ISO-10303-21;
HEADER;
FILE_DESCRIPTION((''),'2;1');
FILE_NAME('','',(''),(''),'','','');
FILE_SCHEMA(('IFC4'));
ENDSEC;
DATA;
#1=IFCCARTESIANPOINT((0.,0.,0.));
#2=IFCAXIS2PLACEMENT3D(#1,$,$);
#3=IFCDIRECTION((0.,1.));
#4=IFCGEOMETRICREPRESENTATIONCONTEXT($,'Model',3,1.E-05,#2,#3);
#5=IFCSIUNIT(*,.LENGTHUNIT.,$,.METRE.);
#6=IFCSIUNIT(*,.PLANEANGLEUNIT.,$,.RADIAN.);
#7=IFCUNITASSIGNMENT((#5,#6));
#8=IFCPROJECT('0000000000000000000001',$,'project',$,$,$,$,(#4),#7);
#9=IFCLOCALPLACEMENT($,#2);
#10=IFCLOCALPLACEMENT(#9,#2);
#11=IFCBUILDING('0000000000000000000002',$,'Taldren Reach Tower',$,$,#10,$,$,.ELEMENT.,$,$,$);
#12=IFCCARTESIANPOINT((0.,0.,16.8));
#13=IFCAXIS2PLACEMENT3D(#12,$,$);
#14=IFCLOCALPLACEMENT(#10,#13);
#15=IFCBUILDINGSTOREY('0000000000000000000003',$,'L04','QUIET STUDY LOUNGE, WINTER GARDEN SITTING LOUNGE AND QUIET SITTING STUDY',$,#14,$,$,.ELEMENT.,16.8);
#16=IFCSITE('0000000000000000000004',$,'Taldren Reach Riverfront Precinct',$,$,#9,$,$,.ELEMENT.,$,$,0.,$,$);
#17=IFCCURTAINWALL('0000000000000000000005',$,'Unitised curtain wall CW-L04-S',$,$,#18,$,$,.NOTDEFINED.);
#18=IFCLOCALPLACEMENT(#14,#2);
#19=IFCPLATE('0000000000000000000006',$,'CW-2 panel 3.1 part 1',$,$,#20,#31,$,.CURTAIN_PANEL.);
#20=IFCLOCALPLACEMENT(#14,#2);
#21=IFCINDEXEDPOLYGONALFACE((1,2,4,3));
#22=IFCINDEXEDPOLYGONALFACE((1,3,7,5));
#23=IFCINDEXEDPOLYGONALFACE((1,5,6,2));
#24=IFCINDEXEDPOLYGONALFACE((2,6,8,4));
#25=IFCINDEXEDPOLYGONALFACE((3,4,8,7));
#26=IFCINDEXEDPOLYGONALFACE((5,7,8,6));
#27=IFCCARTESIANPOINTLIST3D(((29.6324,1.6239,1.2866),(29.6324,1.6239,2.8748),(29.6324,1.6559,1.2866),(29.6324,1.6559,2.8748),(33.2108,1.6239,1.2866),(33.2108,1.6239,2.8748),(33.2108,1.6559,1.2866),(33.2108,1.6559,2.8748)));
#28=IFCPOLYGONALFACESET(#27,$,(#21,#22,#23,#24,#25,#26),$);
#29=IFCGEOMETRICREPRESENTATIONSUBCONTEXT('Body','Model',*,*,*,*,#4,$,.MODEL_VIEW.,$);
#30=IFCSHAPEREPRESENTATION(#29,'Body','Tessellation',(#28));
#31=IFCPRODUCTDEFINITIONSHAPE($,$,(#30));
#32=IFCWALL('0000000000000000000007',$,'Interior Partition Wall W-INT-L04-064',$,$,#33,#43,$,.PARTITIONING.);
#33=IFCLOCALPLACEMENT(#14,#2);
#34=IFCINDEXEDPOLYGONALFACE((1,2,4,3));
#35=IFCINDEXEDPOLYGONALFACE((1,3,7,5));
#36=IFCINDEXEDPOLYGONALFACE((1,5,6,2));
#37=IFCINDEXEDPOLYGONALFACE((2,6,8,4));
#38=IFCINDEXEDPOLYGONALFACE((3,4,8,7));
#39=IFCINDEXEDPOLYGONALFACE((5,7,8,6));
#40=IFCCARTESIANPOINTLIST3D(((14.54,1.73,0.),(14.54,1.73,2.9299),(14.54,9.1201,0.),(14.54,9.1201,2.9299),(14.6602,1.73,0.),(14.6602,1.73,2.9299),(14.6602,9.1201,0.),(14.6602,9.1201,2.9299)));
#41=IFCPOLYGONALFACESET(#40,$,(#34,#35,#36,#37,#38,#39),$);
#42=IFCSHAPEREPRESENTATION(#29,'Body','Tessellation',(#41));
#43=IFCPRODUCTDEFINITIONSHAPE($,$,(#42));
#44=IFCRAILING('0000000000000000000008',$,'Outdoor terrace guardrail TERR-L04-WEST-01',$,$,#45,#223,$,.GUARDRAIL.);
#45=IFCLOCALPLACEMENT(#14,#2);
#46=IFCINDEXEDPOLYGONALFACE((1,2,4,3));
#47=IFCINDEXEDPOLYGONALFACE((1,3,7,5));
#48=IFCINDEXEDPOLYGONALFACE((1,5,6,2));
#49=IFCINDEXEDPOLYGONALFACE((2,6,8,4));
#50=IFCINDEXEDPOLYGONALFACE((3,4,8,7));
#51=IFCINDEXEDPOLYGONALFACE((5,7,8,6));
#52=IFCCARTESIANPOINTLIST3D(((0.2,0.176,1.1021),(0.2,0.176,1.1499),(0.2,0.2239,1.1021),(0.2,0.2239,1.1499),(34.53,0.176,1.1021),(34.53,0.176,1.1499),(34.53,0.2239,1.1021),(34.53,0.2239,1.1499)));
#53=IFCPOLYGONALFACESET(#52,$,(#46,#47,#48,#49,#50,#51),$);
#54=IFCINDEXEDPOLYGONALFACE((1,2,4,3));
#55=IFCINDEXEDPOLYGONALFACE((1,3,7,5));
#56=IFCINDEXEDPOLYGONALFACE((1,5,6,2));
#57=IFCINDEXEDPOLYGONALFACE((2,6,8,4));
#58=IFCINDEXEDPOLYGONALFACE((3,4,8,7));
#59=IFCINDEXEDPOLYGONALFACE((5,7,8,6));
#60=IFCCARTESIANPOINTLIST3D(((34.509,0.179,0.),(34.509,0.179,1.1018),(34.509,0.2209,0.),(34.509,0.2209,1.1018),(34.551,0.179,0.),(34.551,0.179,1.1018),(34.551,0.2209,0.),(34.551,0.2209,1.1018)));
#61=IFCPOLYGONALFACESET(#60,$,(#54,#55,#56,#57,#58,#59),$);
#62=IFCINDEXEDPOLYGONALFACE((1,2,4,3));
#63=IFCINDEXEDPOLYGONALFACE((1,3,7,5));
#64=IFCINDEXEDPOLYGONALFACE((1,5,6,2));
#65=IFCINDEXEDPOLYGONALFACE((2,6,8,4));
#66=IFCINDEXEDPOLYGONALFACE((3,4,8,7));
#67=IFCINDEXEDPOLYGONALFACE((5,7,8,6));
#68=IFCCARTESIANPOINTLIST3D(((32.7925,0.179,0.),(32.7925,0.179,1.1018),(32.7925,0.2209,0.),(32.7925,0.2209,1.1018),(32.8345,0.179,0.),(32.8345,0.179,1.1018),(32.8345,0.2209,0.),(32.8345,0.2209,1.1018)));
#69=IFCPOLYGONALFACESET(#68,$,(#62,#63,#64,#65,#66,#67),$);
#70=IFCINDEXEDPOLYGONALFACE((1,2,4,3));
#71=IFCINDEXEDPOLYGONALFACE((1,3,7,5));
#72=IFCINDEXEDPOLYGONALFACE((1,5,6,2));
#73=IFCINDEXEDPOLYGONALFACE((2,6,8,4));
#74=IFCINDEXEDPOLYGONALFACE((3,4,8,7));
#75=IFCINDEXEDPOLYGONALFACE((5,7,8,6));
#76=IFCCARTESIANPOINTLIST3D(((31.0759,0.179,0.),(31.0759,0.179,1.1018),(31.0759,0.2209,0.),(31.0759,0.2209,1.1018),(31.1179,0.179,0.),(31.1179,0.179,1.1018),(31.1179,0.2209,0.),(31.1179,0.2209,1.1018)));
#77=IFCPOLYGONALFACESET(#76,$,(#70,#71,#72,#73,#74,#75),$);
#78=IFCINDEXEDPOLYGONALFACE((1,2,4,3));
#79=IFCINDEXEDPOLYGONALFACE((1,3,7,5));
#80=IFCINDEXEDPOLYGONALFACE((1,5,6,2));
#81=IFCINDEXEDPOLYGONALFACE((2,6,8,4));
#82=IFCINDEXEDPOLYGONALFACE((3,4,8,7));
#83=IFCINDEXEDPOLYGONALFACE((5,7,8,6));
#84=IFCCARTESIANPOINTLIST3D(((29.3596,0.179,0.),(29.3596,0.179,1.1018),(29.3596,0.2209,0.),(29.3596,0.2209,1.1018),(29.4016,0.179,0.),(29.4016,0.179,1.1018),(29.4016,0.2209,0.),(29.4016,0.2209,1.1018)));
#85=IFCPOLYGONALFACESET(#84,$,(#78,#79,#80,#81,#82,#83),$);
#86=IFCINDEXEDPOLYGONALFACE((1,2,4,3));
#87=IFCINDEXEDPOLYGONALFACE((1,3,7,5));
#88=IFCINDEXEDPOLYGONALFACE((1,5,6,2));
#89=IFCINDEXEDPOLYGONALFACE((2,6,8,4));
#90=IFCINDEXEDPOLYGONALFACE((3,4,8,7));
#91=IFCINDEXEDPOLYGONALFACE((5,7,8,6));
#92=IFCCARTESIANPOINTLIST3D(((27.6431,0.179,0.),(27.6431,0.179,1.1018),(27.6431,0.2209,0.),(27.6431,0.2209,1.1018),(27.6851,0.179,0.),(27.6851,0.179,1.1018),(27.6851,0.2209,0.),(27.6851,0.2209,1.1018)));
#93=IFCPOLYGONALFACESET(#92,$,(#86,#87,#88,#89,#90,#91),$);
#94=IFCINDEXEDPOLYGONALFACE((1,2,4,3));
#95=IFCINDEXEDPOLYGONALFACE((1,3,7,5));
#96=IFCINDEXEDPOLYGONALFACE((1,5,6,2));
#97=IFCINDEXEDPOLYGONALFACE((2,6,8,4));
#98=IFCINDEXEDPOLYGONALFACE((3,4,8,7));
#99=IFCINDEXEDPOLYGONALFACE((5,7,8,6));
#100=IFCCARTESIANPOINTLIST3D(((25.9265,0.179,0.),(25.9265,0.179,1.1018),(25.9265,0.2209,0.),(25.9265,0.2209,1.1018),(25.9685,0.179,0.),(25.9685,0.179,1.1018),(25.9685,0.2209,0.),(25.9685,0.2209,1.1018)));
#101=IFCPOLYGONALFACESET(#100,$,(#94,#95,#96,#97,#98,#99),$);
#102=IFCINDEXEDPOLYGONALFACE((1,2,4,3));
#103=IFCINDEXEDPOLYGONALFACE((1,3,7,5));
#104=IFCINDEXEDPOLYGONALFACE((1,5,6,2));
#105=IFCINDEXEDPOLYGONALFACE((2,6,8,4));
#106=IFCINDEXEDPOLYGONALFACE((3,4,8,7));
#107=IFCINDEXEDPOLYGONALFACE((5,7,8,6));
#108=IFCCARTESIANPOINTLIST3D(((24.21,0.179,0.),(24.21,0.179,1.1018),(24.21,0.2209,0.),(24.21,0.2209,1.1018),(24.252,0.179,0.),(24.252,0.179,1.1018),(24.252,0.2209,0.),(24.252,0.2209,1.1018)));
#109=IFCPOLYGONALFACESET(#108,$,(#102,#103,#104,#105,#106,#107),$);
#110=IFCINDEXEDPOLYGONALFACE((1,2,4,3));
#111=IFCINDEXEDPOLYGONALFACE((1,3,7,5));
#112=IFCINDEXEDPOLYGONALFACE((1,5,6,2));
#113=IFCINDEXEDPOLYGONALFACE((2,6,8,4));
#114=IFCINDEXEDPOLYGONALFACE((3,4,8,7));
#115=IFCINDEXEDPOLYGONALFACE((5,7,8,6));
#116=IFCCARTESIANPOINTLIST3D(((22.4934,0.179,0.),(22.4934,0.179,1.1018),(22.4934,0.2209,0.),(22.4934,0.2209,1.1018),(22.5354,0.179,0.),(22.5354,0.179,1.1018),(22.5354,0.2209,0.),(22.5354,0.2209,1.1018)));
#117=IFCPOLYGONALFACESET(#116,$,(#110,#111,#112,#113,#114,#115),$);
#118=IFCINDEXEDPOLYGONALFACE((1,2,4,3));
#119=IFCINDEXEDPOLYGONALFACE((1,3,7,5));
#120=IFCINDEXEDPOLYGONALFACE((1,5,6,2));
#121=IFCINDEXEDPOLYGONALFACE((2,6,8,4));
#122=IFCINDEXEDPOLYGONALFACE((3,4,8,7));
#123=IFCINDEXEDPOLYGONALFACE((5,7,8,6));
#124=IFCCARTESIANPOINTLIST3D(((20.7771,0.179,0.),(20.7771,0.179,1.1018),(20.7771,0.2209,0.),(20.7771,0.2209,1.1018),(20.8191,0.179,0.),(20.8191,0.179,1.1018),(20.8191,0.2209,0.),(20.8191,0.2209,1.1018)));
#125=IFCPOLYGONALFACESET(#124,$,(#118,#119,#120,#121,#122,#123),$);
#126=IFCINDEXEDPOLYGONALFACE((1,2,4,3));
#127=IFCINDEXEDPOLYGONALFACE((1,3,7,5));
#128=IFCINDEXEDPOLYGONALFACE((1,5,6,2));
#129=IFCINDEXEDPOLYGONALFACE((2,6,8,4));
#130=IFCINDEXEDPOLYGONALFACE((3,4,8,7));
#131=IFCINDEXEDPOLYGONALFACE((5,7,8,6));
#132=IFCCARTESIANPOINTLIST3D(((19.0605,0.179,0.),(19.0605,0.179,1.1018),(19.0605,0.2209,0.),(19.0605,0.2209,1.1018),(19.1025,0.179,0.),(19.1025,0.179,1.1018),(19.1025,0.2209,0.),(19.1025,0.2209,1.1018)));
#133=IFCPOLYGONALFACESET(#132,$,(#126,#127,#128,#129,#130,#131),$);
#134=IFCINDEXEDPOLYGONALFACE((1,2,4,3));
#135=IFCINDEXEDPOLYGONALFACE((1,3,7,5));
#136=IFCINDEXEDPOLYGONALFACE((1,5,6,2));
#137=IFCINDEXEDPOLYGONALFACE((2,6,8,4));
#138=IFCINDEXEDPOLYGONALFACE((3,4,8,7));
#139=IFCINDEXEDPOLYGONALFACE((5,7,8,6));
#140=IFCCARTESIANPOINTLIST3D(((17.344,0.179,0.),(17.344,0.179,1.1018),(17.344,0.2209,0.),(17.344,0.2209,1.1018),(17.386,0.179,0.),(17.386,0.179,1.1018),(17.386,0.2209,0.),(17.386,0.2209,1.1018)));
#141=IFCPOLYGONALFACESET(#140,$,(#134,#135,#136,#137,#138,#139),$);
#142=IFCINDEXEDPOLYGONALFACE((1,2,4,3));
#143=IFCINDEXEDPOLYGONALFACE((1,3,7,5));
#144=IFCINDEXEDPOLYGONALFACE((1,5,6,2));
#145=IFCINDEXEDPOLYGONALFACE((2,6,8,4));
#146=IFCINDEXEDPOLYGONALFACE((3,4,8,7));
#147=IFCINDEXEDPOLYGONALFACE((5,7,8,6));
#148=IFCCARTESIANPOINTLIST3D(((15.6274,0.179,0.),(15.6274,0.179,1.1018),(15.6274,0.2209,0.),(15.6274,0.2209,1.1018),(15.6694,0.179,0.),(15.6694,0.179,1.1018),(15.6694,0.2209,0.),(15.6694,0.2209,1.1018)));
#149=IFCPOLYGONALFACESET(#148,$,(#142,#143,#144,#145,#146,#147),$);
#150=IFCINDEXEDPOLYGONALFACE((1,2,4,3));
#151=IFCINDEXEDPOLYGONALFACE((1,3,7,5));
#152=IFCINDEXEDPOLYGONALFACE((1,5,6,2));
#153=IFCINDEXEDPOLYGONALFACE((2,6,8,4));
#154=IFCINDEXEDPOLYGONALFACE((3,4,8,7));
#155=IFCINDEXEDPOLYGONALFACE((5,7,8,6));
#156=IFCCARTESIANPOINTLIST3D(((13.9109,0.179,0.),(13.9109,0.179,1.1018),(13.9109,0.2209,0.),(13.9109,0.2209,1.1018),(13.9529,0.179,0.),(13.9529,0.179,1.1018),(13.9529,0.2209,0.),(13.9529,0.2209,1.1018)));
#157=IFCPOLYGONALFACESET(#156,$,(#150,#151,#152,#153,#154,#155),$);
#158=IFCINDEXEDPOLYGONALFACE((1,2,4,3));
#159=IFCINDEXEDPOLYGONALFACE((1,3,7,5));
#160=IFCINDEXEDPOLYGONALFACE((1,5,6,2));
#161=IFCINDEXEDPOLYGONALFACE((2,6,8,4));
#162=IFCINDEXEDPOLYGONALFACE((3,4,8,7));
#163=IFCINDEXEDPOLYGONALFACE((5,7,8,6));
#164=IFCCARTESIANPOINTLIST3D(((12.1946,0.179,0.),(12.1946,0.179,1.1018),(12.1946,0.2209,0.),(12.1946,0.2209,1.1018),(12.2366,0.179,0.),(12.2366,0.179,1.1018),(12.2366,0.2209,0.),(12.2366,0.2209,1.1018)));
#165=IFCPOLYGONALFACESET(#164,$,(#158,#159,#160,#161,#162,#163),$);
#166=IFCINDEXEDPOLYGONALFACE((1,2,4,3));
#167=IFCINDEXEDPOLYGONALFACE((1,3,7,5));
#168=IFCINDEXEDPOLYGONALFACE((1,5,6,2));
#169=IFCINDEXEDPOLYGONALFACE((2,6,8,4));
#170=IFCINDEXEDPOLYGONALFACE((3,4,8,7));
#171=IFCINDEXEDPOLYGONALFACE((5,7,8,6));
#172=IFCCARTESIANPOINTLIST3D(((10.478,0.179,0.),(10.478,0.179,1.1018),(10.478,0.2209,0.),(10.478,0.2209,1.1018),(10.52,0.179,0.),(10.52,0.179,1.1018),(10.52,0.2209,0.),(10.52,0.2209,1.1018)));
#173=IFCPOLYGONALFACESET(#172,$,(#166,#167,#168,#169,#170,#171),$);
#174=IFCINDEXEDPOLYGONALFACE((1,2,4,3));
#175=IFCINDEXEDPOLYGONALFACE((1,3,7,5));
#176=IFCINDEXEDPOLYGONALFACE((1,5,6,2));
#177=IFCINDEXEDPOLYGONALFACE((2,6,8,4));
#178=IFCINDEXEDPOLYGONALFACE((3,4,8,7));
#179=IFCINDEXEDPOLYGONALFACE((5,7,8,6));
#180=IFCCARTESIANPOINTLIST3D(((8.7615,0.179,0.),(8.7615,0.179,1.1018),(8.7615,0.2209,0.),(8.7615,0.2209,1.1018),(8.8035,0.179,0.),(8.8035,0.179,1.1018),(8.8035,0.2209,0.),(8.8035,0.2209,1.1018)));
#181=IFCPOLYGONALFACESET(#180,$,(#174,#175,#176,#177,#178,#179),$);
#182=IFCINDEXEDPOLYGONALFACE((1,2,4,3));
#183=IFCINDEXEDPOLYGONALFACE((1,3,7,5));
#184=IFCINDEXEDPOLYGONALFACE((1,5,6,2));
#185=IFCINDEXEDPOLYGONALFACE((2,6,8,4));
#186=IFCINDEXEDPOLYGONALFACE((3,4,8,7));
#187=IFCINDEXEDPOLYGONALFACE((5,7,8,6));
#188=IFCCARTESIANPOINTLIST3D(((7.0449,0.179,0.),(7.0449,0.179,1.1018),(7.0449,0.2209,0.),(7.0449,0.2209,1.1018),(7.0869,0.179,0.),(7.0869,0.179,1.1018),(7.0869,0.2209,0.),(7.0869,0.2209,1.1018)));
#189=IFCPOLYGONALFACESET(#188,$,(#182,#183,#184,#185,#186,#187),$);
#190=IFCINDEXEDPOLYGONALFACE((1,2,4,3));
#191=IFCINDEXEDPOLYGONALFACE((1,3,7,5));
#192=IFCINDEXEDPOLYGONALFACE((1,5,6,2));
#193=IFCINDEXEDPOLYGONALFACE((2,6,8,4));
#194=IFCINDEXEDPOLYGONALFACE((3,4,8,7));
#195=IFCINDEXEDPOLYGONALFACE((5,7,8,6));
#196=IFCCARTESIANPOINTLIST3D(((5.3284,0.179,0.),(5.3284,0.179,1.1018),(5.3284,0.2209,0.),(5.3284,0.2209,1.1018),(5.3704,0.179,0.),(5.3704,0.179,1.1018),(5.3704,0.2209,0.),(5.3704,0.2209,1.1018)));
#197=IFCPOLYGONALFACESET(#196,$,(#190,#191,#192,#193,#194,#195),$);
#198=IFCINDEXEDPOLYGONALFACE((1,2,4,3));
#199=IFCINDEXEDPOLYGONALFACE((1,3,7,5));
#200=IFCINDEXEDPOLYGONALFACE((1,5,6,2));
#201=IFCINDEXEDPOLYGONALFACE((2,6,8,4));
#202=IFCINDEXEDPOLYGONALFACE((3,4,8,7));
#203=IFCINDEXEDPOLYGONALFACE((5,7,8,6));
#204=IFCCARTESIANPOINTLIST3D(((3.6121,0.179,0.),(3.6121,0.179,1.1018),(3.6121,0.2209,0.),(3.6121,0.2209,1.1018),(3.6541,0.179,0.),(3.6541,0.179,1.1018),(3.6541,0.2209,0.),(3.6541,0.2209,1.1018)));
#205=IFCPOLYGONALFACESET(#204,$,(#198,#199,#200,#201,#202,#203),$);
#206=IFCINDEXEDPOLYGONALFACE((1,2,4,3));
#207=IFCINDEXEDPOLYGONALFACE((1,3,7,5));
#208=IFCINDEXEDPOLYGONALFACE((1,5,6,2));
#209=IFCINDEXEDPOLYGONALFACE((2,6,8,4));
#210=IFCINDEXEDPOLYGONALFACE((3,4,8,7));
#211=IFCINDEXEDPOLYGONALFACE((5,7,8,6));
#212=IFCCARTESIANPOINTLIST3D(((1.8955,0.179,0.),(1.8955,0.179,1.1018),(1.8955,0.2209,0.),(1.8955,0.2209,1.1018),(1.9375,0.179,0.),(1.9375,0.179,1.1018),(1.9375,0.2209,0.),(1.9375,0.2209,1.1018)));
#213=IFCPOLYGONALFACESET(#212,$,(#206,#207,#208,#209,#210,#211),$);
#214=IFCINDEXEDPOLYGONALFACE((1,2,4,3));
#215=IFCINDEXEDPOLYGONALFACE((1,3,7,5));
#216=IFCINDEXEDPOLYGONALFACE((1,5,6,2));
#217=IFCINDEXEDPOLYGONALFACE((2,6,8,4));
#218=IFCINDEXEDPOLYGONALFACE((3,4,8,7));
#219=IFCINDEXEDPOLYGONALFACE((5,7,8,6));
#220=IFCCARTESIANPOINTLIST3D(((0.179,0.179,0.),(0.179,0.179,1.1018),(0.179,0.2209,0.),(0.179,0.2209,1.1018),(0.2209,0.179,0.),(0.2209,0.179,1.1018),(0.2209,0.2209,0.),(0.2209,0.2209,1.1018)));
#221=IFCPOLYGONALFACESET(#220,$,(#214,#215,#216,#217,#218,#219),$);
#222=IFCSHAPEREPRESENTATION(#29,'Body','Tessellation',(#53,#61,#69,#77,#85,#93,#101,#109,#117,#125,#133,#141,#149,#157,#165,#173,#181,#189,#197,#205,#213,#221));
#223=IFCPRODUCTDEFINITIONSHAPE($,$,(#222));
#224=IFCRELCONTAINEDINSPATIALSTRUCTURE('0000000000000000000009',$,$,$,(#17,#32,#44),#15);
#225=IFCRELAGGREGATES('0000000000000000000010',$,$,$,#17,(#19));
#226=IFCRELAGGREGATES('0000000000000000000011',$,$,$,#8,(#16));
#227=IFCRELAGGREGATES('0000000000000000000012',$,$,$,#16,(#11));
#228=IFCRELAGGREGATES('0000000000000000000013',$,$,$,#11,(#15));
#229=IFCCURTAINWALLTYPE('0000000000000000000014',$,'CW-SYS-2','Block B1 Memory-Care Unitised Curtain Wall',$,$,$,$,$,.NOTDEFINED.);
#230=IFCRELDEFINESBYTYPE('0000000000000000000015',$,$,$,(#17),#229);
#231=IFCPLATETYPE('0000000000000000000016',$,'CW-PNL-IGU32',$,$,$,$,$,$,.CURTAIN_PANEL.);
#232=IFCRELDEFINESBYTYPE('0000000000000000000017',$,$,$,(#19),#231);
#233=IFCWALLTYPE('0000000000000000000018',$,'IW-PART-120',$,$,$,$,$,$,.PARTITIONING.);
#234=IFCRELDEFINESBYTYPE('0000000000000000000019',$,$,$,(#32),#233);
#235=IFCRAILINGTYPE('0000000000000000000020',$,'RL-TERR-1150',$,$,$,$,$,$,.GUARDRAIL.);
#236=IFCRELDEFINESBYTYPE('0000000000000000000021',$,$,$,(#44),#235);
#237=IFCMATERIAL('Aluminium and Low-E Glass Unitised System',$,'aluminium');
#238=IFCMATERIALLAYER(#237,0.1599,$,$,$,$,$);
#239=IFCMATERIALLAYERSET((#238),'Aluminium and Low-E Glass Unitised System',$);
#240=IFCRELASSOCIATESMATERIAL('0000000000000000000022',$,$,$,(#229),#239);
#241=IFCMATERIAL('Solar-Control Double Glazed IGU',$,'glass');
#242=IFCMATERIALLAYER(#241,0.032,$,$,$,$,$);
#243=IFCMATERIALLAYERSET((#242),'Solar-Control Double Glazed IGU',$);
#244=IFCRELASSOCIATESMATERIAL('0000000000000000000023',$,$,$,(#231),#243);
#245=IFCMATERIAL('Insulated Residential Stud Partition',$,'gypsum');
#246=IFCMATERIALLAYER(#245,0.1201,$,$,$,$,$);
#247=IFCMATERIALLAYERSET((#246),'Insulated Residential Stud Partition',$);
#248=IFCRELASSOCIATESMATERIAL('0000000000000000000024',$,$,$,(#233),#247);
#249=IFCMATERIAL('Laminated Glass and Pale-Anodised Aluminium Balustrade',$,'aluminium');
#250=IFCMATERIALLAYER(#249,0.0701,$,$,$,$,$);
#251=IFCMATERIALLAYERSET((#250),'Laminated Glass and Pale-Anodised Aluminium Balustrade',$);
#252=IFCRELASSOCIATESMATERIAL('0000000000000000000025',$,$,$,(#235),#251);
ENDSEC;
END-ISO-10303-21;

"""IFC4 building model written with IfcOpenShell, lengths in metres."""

from ifc_helpers import new_model, si_unit, direction, frame, frame_2d, origin, origin_2d, place, context, subcontext, project, spatial, rectangle, extrude, source, transform, mapped, material, layer, layer_set, type_object, element, aggregate, save


model = new_model("IFC4")

# Units and contexts
model_context = context("Model", 3, precision=1e-05, world=origin(), true_north=direction((0.0, 1.0)))
body_context = subcontext(model_context, "Body", "Model", "MODEL_VIEW")
ifc_project = project(units=[si_unit("LENGTHUNIT", "METRE"), si_unit("PLANEANGLEUNIT", "RADIAN")], contexts=[model_context])

# Site, building, storey
site_placement = place(None, origin())
site = spatial("IfcSite", under=ifc_project, at=site_placement, Name="Taldren Reach Riverfront Precinct", CompositionType="ELEMENT", RefElevation=0.0)
building_placement = place(site_placement, origin())
building = spatial("IfcBuilding", under=site, at=building_placement, Name="Taldren Reach Tower", CompositionType="ELEMENT")
storey_placement = place(building_placement, frame((0.0, 0.0, 16.8)))
storey = spatial("IfcBuildingStorey", under=building, at=storey_placement, Name="L04", Description="QUIET STUDY LOUNGE, WINTER GARDEN SITTING LOUNGE AND QUIET SITTING STUDY", CompositionType="ELEMENT", Elevation=16.8)

# Curtain wall
ifc_material_1 = material(Name="Aluminium and Low-E Glass Unitised System", Category="aluminium")
ifc_layer_1 = layer(ifc_material_1, 0.1599)
ifc_layer_set_1 = layer_set([ifc_layer_1], Name="Aluminium and Low-E Glass Unitised System")
curtain_wall_type = type_object("IfcCurtainWallType", Name="CW-SYS-2", Description="Block B1 Memory-Care Unitised Curtain Wall", PredefinedType="NOTDEFINED", material=ifc_layer_set_1)
curtain_wall_placement = place(storey_placement, origin())
curtain_wall = element("IfcCurtainWall", 1, at=curtain_wall_placement, inside=storey, type_object=curtain_wall_type, Name="Unitised curtain wall CW-L04-S", PredefinedType="NOTDEFINED")

# Plate
ifc_material_2 = material(Name="Solar-Control Double Glazed IGU", Category="glass")
ifc_layer_2 = layer(ifc_material_2, 0.032)
ifc_layer_set_2 = layer_set([ifc_layer_2], Name="Solar-Control Double Glazed IGU")
plate_type_1 = type_object("IfcPlateType", Name="CW-PNL-IGU32", PredefinedType="CURTAIN_PANEL", material=ifc_layer_set_2)
shared_shape_1 = source(origin(), body_context, "Body", "SweptSolid", [
    extrude(rectangle(XDim=3.5784, YDim=0.032, at=origin_2d()), origin(), (0.0, 0.0, 1.0), 1.5881),
])
plate_1_placement = place(storey_placement, frame((31.4216, 1.6399, 1.2866), z_axis=(0.0, 0.0, 1.0), x_axis=(1.0, 0.0, 0.0)))
plate_1 = element("IfcPlate", 2, at=plate_1_placement, type_object=plate_type_1, Name="CW-2 panel 3.1 part 1", PredefinedType="CURTAIN_PANEL", context=body_context, shape_type="MappedRepresentation", body=[
    mapped(shared_shape_1, transform((0.0, 0.0, 0.0), scale=1.0)),
])
aggregate(curtain_wall, [plate_1])

# Wall
ifc_material_3 = material(Name="Insulated Residential Stud Partition", Category="gypsum")
ifc_layer_3 = layer(ifc_material_3, 0.1201)
ifc_layer_set_3 = layer_set([ifc_layer_3], Name="Insulated Residential Stud Partition")
wall_type = type_object("IfcWallType", Name="IW-PART-120", PredefinedType="PARTITIONING", material=ifc_layer_set_3)
shared_shape_2 = source(origin(), body_context, "Body", "SweptSolid", [
    extrude(rectangle(XDim=7.3901, YDim=0.1201, at=frame_2d((3.6951, 0.0))), origin(), (0.0, 0.0, 1.0), 2.9299),
])
wall_placement = place(storey_placement, frame((14.6001, 1.73, 0.0), z_axis=(0.0, 0.0, 1.0), x_axis=(0.0, 1.0, 0.0)))
element("IfcWall", 3, at=wall_placement, inside=storey, type_object=wall_type, Name="Interior Partition Wall W-INT-L04-064", PredefinedType="PARTITIONING", context=body_context, shape_type="MappedRepresentation", body=[
    mapped(shared_shape_2, transform((0.0, 0.0, 0.0), scale=1.0)),
])

# Railing
ifc_material_4 = material(Name="Laminated Glass and Pale-Anodised Aluminium Balustrade", Category="aluminium")
ifc_layer_4 = layer(ifc_material_4, 0.0701)
ifc_layer_set_4 = layer_set([ifc_layer_4], Name="Laminated Glass and Pale-Anodised Aluminium Balustrade")
railing_type = type_object("IfcRailingType", Name="RL-TERR-1150", PredefinedType="GUARDRAIL", material=ifc_layer_set_4)
railing_placement = place(storey_placement, frame((34.53, 0.2, 0.0)))
element("IfcRailing", 4, at=railing_placement, inside=storey, type_object=railing_type, Name="Outdoor terrace guardrail TERR-L04-WEST-01", PredefinedType="GUARDRAIL", context=body_context, shape_type="SweptSolid", body=[
    extrude(rectangle(XDim=0.0479, YDim=0.0479, at=origin_2d()), frame((0.0, 0.0, 1.126), z_axis=(-1.0, 0.0, 0.0), x_axis=(0.0, -1.0, 0.0)), (0.0, 0.0, 1.0), 34.3301),
    extrude(rectangle(XDim=0.042, YDim=0.042, at=origin_2d()), origin(), (0.0, 0.0, 1.0), 1.1018),
    extrude(rectangle(XDim=0.042, YDim=0.042, at=origin_2d()), frame((-1.7166, 0.0, 0.0)), (0.0, 0.0, 1.0), 1.1018),
    extrude(rectangle(XDim=0.042, YDim=0.042, at=origin_2d()), frame((-3.4331, 0.0, 0.0)), (0.0, 0.0, 1.0), 1.1018),
    extrude(rectangle(XDim=0.042, YDim=0.042, at=origin_2d()), frame((-5.1494, 0.0, 0.0)), (0.0, 0.0, 1.0), 1.1018),
    extrude(rectangle(XDim=0.042, YDim=0.042, at=origin_2d()), frame((-6.866, 0.0, 0.0)), (0.0, 0.0, 1.0), 1.1018),
    extrude(rectangle(XDim=0.042, YDim=0.042, at=origin_2d()), frame((-8.5825, 0.0, 0.0)), (0.0, 0.0, 1.0), 1.1018),
    extrude(rectangle(XDim=0.042, YDim=0.042, at=origin_2d()), frame((-10.2991, 0.0, 0.0)), (0.0, 0.0, 1.0), 1.1018),
    extrude(rectangle(XDim=0.042, YDim=0.042, at=origin_2d()), frame((-12.0156, 0.0, 0.0)), (0.0, 0.0, 1.0), 1.1018),
    extrude(rectangle(XDim=0.042, YDim=0.042, at=origin_2d()), frame((-13.7319, 0.0, 0.0)), (0.0, 0.0, 1.0), 1.1018),
    extrude(rectangle(XDim=0.042, YDim=0.042, at=origin_2d()), frame((-15.4485, 0.0, 0.0)), (0.0, 0.0, 1.0), 1.1018),
    extrude(rectangle(XDim=0.042, YDim=0.042, at=origin_2d()), frame((-17.165, 0.0, 0.0)), (0.0, 0.0, 1.0), 1.1018),
    extrude(rectangle(XDim=0.042, YDim=0.042, at=origin_2d()), frame((-18.8816, 0.0, 0.0)), (0.0, 0.0, 1.0), 1.1018),
    extrude(rectangle(XDim=0.042, YDim=0.042, at=origin_2d()), frame((-20.5981, 0.0, 0.0)), (0.0, 0.0, 1.0), 1.1018),
    extrude(rectangle(XDim=0.042, YDim=0.042, at=origin_2d()), frame((-22.3145, 0.0, 0.0)), (0.0, 0.0, 1.0), 1.1018),
    extrude(rectangle(XDim=0.042, YDim=0.042, at=origin_2d()), frame((-24.031, 0.0, 0.0)), (0.0, 0.0, 1.0), 1.1018),
    extrude(rectangle(XDim=0.042, YDim=0.042, at=origin_2d()), frame((-25.7476, 0.0, 0.0)), (0.0, 0.0, 1.0), 1.1018),
    extrude(rectangle(XDim=0.042, YDim=0.042, at=origin_2d()), frame((-27.4641, 0.0, 0.0)), (0.0, 0.0, 1.0), 1.1018),
    extrude(rectangle(XDim=0.042, YDim=0.042, at=origin_2d()), frame((-29.1807, 0.0, 0.0)), (0.0, 0.0, 1.0), 1.1018),
    extrude(rectangle(XDim=0.042, YDim=0.042, at=origin_2d()), frame((-30.897, 0.0, 0.0)), (0.0, 0.0, 1.0), 1.1018),
    extrude(rectangle(XDim=0.042, YDim=0.042, at=origin_2d()), frame((-32.6135, 0.0, 0.0)), (0.0, 0.0, 1.0), 1.1018),
    extrude(rectangle(XDim=0.042, YDim=0.042, at=origin_2d()), frame((-34.3301, 0.0, 0.0)), (0.0, 0.0, 1.0), 1.1018),
])

save(model, "model.ifc")
